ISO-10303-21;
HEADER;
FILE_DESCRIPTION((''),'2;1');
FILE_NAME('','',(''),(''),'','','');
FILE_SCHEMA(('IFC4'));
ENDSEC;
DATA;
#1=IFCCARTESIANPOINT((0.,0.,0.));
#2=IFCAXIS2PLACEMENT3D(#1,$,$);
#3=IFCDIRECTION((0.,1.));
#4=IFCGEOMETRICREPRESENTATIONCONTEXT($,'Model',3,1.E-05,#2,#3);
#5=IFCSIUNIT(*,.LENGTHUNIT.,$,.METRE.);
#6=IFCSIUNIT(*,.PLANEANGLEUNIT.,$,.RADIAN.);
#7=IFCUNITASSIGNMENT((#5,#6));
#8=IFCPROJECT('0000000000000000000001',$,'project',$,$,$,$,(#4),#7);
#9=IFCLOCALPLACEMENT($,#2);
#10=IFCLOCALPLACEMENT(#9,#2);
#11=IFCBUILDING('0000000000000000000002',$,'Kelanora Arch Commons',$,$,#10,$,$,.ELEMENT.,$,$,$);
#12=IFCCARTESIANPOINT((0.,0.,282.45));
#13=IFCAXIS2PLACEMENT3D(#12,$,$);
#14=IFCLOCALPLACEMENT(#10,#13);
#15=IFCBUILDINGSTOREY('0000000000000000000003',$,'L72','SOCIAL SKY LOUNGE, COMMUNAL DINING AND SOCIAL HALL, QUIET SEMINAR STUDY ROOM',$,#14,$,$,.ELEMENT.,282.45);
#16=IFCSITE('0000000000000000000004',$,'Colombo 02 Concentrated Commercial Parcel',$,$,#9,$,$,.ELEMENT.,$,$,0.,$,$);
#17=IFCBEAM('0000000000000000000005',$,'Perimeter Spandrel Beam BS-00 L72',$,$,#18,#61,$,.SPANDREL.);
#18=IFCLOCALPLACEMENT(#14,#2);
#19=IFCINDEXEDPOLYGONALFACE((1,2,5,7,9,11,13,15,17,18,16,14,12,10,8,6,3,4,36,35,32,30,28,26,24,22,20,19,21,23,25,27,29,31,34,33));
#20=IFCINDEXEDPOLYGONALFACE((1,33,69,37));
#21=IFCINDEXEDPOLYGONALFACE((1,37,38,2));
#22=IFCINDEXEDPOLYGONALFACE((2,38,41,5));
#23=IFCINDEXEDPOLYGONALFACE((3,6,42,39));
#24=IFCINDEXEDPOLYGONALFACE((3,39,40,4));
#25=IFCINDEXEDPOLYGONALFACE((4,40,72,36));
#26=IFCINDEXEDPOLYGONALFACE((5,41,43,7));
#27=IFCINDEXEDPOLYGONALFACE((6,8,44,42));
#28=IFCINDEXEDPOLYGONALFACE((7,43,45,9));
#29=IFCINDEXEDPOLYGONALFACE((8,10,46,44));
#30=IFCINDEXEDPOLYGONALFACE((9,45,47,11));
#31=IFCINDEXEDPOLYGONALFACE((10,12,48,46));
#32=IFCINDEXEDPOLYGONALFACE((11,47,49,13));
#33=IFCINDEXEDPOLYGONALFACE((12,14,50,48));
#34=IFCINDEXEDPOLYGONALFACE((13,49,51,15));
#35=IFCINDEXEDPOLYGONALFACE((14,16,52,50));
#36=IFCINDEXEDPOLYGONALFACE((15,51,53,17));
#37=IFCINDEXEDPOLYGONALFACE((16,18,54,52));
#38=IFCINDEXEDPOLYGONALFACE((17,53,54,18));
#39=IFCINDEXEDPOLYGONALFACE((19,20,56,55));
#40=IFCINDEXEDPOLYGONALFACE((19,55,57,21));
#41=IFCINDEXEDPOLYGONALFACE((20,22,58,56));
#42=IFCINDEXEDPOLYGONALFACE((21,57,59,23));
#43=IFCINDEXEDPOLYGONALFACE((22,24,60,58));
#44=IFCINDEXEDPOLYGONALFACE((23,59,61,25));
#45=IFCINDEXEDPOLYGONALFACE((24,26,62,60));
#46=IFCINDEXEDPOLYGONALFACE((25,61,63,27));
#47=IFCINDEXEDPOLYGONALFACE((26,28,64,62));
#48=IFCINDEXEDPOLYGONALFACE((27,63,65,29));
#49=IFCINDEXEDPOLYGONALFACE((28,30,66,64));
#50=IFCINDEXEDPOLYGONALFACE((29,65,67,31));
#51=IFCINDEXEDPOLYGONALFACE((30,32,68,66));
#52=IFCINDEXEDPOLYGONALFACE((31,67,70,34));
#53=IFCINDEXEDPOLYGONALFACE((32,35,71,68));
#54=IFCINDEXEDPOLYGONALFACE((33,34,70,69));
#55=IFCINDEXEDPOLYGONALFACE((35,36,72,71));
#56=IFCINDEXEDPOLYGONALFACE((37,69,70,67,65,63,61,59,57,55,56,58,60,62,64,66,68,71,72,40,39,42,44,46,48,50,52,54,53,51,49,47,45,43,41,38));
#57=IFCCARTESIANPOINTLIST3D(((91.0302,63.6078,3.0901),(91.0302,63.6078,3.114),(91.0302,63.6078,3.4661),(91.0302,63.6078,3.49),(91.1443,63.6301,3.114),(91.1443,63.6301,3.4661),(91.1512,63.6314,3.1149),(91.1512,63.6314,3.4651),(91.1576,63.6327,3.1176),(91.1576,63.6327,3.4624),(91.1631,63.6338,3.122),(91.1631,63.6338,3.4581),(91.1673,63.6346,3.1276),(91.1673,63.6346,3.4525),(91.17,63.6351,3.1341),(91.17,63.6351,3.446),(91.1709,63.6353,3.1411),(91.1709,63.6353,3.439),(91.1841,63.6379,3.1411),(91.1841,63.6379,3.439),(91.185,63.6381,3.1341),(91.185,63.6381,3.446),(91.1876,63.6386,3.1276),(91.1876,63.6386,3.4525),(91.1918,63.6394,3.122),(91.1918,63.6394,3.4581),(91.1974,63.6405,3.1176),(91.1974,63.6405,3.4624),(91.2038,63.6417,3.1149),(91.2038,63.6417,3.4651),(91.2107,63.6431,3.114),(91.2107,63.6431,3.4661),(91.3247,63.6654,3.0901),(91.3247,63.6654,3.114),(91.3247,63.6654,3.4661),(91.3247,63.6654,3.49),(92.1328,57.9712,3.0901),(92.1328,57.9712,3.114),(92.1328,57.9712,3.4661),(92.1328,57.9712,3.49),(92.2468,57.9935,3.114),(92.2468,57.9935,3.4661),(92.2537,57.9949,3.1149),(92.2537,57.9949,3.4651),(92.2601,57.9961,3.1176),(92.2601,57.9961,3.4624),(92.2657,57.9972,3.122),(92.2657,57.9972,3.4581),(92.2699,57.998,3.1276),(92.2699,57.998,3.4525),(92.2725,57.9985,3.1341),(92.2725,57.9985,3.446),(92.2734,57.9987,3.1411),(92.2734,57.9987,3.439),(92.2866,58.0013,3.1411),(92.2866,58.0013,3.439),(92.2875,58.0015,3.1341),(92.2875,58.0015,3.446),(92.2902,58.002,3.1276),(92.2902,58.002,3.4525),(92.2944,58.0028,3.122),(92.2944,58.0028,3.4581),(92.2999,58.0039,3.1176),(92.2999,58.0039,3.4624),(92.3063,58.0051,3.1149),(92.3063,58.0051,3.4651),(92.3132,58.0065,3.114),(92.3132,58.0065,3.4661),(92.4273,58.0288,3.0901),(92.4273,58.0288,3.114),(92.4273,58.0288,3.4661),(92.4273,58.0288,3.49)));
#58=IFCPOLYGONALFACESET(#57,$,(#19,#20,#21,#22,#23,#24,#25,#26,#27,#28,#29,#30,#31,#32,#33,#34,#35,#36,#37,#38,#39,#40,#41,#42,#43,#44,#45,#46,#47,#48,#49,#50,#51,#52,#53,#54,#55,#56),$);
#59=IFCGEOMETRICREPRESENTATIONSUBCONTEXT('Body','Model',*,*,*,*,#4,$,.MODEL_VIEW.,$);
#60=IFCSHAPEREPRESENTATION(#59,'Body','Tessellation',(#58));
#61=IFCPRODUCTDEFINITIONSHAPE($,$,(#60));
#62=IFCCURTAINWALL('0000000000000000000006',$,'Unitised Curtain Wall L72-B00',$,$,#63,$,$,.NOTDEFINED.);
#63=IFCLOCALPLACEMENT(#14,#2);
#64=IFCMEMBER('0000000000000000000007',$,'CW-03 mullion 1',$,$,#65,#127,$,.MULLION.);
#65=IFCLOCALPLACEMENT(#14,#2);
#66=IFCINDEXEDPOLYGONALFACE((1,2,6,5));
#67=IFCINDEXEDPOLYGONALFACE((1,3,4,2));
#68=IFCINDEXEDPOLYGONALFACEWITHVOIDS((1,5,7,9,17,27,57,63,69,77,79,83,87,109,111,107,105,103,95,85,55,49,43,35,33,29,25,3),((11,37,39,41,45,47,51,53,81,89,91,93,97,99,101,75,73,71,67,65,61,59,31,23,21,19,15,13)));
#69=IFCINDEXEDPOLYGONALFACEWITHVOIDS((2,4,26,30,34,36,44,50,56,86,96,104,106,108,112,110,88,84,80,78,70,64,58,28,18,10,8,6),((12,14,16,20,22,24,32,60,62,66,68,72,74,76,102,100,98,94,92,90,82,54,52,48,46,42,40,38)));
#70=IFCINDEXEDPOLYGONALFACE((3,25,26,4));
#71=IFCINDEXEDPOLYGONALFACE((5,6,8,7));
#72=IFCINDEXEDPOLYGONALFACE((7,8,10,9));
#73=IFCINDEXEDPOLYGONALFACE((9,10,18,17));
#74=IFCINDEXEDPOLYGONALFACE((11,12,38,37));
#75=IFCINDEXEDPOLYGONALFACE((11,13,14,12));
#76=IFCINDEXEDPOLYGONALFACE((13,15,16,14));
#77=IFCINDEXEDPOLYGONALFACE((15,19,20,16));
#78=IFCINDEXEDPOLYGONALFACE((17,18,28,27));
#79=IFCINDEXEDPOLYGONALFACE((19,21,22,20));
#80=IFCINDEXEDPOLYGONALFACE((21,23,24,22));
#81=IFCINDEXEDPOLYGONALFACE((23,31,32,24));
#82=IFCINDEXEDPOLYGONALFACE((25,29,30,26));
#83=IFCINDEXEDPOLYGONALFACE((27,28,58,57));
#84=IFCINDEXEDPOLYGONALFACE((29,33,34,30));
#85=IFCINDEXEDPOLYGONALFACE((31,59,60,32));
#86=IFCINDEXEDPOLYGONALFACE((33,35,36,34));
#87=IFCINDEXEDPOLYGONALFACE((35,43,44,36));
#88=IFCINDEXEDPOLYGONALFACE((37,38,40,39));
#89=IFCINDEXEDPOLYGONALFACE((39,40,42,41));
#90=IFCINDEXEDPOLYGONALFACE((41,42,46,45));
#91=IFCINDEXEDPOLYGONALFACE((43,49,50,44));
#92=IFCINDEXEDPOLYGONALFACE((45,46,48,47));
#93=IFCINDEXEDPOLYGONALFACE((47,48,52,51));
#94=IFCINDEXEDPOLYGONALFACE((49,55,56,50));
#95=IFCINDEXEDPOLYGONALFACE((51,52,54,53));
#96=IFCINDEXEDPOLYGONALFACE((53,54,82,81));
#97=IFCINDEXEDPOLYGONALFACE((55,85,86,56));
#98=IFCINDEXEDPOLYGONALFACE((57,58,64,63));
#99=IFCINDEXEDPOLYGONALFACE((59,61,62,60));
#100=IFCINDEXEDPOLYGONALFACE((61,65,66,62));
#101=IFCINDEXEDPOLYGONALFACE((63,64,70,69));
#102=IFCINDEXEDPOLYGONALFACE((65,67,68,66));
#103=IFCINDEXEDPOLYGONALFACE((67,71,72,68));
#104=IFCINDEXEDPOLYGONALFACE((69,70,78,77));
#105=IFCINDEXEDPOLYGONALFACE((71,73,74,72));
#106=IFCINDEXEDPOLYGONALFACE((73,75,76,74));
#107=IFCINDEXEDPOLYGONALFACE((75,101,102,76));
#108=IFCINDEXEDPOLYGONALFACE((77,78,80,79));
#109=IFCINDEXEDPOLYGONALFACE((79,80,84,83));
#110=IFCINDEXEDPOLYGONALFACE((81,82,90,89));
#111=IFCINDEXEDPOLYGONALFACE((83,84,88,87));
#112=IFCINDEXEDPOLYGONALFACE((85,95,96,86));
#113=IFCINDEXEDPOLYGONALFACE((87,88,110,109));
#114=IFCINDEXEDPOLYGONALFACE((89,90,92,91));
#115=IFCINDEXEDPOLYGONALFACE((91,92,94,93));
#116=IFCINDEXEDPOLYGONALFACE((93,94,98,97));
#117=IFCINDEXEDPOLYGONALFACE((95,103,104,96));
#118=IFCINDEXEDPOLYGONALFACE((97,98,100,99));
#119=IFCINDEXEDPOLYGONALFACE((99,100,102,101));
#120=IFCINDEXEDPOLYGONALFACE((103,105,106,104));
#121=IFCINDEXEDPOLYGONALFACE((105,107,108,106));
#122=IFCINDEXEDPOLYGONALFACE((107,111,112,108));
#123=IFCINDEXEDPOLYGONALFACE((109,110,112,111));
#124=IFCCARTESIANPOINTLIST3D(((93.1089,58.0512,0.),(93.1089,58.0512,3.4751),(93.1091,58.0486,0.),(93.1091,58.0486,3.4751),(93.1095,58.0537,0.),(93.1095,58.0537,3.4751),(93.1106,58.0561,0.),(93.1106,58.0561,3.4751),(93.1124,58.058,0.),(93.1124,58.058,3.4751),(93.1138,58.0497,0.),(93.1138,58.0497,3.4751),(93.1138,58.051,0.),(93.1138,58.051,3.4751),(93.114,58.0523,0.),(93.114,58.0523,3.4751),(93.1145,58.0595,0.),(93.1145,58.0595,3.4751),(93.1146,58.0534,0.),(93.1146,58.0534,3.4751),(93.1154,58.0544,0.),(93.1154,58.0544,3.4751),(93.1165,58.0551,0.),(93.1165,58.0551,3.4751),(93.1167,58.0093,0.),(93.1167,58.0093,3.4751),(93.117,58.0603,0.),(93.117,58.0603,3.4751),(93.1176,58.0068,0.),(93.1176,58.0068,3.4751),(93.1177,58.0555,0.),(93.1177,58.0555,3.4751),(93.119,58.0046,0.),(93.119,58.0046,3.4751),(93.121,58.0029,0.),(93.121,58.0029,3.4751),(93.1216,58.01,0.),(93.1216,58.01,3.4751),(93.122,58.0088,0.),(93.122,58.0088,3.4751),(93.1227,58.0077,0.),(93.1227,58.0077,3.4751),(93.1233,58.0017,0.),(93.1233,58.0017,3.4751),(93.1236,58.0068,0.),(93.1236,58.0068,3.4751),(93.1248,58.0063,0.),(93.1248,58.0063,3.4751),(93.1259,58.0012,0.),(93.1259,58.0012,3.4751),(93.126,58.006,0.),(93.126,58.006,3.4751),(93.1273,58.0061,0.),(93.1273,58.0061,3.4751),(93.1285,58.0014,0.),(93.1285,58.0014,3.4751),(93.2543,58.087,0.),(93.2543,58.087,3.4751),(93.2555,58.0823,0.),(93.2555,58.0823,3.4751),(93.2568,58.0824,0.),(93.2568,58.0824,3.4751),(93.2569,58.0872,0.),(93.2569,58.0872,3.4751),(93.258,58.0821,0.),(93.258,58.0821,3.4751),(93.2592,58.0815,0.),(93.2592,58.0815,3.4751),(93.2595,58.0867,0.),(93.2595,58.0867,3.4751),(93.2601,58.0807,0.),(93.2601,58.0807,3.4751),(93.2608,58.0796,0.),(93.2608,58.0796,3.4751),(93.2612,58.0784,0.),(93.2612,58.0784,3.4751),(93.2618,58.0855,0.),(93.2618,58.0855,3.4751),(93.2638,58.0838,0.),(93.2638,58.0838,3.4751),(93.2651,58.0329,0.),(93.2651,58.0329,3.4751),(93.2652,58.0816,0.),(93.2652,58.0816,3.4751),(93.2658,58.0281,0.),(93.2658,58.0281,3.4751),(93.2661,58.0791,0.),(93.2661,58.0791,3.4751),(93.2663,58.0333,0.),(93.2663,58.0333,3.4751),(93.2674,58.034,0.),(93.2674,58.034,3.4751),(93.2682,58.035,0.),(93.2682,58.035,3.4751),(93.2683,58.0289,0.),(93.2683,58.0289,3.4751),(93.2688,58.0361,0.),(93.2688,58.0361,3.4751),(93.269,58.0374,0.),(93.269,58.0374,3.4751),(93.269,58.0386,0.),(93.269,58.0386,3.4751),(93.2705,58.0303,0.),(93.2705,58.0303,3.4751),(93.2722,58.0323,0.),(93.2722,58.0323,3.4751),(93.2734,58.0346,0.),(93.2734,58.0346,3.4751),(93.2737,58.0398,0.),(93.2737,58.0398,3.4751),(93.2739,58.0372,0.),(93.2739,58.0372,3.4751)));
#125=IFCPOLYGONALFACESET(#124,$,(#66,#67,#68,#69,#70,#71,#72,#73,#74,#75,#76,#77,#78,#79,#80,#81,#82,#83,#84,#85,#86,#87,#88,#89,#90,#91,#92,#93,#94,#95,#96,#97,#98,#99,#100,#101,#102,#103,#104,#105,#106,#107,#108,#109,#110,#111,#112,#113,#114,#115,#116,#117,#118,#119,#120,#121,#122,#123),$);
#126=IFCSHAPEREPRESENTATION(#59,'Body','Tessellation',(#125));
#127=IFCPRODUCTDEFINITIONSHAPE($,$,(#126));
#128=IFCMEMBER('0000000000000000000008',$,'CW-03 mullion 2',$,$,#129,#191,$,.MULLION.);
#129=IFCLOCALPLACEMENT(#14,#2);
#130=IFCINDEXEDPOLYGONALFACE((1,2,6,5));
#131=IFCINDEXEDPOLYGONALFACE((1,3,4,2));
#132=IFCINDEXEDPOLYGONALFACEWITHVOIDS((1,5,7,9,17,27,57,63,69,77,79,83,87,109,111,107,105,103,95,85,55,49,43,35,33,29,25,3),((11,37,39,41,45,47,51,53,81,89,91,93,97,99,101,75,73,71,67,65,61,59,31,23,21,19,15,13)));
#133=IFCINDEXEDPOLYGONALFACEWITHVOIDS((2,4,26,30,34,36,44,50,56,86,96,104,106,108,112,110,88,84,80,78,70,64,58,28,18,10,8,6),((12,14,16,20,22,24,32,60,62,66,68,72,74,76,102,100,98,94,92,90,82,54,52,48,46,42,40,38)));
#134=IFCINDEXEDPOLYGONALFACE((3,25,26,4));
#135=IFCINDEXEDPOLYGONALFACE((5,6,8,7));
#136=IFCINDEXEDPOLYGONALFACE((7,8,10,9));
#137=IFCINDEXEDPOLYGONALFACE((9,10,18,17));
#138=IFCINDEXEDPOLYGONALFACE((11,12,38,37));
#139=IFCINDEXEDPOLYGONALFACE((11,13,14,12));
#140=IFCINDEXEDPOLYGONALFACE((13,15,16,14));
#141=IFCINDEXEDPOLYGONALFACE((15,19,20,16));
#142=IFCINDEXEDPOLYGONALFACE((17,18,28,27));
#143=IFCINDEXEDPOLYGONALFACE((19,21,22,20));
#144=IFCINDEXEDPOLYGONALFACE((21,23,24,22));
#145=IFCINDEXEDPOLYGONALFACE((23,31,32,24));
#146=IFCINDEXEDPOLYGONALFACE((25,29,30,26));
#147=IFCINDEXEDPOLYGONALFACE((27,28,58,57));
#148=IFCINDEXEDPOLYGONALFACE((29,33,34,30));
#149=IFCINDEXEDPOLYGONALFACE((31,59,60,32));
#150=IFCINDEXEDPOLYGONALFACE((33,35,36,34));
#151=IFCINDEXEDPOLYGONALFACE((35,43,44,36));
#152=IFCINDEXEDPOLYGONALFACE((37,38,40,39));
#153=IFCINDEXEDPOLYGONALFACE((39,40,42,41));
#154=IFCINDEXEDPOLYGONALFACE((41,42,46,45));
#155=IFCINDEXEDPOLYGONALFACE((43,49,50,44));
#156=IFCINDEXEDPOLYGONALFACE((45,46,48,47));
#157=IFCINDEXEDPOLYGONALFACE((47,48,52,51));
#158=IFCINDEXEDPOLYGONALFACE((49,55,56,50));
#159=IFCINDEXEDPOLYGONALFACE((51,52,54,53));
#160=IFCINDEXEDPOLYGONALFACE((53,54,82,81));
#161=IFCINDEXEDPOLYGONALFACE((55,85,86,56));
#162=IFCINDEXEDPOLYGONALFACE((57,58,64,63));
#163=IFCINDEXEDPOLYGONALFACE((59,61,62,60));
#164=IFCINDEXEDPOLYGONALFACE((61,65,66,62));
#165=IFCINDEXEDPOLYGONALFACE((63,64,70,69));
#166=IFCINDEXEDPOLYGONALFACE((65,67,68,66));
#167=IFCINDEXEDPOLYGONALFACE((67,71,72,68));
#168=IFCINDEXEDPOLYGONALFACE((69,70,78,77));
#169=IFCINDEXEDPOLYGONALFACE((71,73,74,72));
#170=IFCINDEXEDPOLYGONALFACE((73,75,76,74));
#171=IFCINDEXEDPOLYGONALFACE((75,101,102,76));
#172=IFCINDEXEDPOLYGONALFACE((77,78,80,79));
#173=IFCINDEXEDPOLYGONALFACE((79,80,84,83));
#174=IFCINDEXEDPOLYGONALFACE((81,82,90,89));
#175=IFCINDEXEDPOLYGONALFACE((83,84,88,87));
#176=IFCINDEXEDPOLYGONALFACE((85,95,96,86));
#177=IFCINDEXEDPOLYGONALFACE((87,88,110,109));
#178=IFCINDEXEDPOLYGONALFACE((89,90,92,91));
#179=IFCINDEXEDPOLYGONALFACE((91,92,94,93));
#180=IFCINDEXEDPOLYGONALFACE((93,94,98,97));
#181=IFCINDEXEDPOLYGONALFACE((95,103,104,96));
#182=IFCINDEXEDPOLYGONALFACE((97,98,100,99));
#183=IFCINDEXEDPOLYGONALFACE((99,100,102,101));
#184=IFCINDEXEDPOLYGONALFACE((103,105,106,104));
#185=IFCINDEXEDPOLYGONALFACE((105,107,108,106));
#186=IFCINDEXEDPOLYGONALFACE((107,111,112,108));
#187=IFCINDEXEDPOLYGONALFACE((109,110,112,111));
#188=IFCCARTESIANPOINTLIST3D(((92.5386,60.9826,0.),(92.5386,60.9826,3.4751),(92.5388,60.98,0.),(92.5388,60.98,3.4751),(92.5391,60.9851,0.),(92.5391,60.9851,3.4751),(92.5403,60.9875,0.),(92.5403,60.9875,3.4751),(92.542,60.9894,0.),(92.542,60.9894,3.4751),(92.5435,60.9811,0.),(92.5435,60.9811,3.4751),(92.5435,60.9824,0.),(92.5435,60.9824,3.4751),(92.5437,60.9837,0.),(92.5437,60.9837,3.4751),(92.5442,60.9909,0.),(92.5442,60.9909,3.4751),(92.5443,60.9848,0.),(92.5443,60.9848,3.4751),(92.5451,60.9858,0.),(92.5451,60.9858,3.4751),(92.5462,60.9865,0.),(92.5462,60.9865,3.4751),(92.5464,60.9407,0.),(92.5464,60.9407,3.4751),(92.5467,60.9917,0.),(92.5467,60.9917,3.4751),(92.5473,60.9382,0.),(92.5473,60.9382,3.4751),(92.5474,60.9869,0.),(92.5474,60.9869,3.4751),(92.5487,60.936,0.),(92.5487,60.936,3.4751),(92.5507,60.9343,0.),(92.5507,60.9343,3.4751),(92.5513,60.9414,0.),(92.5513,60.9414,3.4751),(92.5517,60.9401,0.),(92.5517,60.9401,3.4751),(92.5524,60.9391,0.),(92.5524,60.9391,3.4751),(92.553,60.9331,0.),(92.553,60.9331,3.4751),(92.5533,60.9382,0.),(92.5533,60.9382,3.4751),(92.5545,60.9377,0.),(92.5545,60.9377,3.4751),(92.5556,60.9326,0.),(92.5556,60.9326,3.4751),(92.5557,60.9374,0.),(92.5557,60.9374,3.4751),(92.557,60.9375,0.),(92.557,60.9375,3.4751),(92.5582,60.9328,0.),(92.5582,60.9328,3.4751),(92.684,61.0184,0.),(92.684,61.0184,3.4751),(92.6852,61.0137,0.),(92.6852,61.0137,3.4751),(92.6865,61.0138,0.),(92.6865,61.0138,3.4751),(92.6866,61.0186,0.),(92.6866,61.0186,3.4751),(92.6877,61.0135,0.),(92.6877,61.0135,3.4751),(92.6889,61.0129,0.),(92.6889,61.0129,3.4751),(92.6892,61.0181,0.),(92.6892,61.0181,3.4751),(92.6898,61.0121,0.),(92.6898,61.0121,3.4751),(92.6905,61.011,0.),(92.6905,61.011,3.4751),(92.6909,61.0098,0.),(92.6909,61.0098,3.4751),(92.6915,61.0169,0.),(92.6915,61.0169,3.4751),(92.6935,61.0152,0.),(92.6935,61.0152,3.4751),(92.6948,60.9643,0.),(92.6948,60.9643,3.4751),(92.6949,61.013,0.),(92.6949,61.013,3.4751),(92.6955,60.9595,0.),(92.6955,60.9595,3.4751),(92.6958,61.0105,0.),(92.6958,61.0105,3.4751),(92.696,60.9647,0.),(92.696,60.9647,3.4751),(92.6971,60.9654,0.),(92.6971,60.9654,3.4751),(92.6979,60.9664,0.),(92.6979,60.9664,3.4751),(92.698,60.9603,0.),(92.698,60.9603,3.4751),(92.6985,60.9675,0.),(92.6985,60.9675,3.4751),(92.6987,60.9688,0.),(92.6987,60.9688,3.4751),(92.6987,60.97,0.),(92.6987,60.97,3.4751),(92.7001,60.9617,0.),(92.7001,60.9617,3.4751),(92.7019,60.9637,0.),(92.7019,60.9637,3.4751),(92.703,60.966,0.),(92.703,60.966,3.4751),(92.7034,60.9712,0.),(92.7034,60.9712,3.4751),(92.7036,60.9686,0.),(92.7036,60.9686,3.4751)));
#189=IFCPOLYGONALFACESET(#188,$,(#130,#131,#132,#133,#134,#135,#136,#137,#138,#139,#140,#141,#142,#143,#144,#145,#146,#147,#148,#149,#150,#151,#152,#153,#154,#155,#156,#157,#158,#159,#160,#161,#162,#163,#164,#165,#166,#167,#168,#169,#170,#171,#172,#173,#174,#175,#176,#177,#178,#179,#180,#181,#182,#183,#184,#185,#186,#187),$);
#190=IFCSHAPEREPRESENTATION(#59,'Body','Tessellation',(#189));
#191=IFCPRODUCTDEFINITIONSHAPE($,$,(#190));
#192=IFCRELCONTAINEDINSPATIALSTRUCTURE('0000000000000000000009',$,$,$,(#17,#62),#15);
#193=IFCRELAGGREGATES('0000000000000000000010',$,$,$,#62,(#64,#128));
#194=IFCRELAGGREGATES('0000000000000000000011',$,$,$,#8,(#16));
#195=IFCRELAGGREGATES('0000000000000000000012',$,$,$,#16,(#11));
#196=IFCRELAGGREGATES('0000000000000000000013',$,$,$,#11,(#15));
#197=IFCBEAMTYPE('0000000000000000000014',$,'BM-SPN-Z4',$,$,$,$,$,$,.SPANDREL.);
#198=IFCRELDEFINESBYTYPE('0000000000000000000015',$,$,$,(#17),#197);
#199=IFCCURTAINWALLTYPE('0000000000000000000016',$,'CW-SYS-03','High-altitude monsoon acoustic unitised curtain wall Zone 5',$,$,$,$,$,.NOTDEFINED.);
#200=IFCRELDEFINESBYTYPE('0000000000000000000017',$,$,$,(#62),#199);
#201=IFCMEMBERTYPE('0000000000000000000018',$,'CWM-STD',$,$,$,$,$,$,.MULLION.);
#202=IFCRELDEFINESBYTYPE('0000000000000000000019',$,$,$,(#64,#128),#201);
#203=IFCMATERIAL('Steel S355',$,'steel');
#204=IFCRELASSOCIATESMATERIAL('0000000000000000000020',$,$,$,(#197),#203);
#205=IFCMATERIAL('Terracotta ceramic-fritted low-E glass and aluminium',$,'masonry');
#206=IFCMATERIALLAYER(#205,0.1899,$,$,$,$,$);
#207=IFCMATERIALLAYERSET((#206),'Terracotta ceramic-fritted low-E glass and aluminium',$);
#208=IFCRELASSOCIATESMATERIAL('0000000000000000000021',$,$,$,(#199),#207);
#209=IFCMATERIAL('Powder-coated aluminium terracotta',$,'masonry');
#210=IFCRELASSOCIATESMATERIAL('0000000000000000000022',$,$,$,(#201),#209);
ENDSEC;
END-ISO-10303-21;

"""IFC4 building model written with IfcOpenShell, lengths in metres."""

from ifc_helpers import new_model, si_unit, direction, frame, origin, origin_2d, place, context, subcontext, project, spatial, hollow_rectangle, i_section, extrude, material, layer, layer_set, material_profile, profile_set, type_object, element, aggregate, save


model = new_model("IFC4")

# Units and contexts
model_context = context("Model", 3, precision=1e-05, world=origin(), true_north=direction((0.0, 1.0)))
body_context = subcontext(model_context, "Body", "Model", "MODEL_VIEW")
ifc_project = project(units=[si_unit("LENGTHUNIT", "METRE"), si_unit("PLANEANGLEUNIT", "RADIAN")], contexts=[model_context])

# Site, building, storey
site_placement = place(None, origin())
site = spatial("IfcSite", under=ifc_project, at=site_placement, Name="Colombo 02 Concentrated Commercial Parcel", CompositionType="ELEMENT", RefElevation=0.0)
building_placement = place(site_placement, origin())
building = spatial("IfcBuilding", under=site, at=building_placement, Name="Kelanora Arch Commons", CompositionType="ELEMENT")
storey_placement = place(building_placement, frame((0.0, 0.0, 282.45)))
storey = spatial("IfcBuildingStorey", under=building, at=storey_placement, Name="L72", Description="SOCIAL SKY LOUNGE, COMMUNAL DINING AND SOCIAL HALL, QUIET SEMINAR STUDY ROOM", CompositionType="ELEMENT", Elevation=282.45)

# Beam
ifc_material_1 = material(Name="Steel S355", Category="steel")
ifc_material_profile_1 = material_profile(ifc_material_1, i_section(OverallWidth=0.3, OverallDepth=0.3999, WebThickness=0.0134, FlangeThickness=0.0239, FilletRadius=0.0271, at=origin_2d()), Name="HEB400")
ifc_profile_set_1 = profile_set([ifc_material_profile_1], Name="Steel S355")
beam_type_1 = type_object("IfcBeamType", Name="BM-SPN-Z4", PredefinedType="SPANDREL", material=ifc_profile_set_1)
beam_1_placement = place(storey_placement, frame((92.28, 58.0, 3.29), z_axis=(-0.19197, 0.981401, 0.0), x_axis=(-0.981401, -0.19197, 0.0)))
element("IfcBeam", 1, at=beam_1_placement, inside=storey, type_object=beam_type_1, Name="Perimeter Spandrel Beam BS-00 L72", PredefinedType="SPANDREL", context=body_context, shape_type="SweptSolid", body=[
    extrude(i_section(OverallWidth=0.3, OverallDepth=0.3999, WebThickness=0.0134, FlangeThickness=0.0239, FilletRadius=0.0271, at=origin_2d()), origin(), (0.0, 0.0, 1.0), 5.7434),
])

# Curtain wall, members
ifc_material_2 = material(Name="Terracotta ceramic-fritted low-E glass and aluminium", Category="masonry")
ifc_layer_1 = layer(ifc_material_2, 0.1899)
ifc_layer_set_1 = layer_set([ifc_layer_1], Name="Terracotta ceramic-fritted low-E glass and aluminium")
curtain_wall_type = type_object("IfcCurtainWallType", Name="CW-SYS-03", Description="High-altitude monsoon acoustic unitised curtain wall Zone 5", PredefinedType="NOTDEFINED", material=ifc_layer_set_1)
curtain_wall_placement = place(storey_placement, origin())
curtain_wall = element("IfcCurtainWall", 2, at=curtain_wall_placement, inside=storey, type_object=curtain_wall_type, Name="Unitised Curtain Wall L72-B00", PredefinedType="NOTDEFINED")
ifc_material_3 = material(Name="Powder-coated aluminium terracotta", Category="masonry")
ifc_material_profile_2 = material_profile(ifc_material_3, hollow_rectangle(XDim=0.1599, YDim=0.0601, WallThickness=0.0049, InnerFilletRadius=0.0049, OuterFilletRadius=0.01, at=origin_2d()), Name="CWM160x60")
ifc_profile_set_2 = profile_set([ifc_material_profile_2], Name="Powder-coated aluminium terracotta")
member_type_1 = type_object("IfcMemberType", Name="CWM-STD", PredefinedType="MULLION", material=ifc_profile_set_2)
member_1_placement = place(storey_placement, frame((93.1914, 58.0442, 0.0), z_axis=(0.0, 0.0, 1.0), x_axis=(-0.981596, -0.190972, 0.0)))
member_1 = element("IfcMember", 3, at=member_1_placement, type_object=member_type_1, Name="CW-03 mullion 1", PredefinedType="MULLION", context=body_context, shape_type="SweptSolid", body=[
    extrude(hollow_rectangle(XDim=0.1599, YDim=0.0601, WallThickness=0.0049, InnerFilletRadius=0.0049, OuterFilletRadius=0.01, at=origin_2d()), origin(), (0.0, 0.0, 1.0), 3.4751),
])
member_2_placement = place(storey_placement, frame((92.6211, 60.9756, 0.0), z_axis=(0.0, 0.0, 1.0), x_axis=(-0.981596, -0.190972, 0.0)))
member_2 = element("IfcMember", 4, at=member_2_placement, type_object=member_type_1, Name="CW-03 mullion 2", PredefinedType="MULLION", context=body_context, shape_type="SweptSolid", body=[
    extrude(hollow_rectangle(XDim=0.1599, YDim=0.0601, WallThickness=0.0049, InnerFilletRadius=0.0049, OuterFilletRadius=0.01, at=origin_2d()), origin(), (0.0, 0.0, 1.0), 3.4751),
])
aggregate(curtain_wall, [member_1, member_2])

save(model, "model.ifc")
